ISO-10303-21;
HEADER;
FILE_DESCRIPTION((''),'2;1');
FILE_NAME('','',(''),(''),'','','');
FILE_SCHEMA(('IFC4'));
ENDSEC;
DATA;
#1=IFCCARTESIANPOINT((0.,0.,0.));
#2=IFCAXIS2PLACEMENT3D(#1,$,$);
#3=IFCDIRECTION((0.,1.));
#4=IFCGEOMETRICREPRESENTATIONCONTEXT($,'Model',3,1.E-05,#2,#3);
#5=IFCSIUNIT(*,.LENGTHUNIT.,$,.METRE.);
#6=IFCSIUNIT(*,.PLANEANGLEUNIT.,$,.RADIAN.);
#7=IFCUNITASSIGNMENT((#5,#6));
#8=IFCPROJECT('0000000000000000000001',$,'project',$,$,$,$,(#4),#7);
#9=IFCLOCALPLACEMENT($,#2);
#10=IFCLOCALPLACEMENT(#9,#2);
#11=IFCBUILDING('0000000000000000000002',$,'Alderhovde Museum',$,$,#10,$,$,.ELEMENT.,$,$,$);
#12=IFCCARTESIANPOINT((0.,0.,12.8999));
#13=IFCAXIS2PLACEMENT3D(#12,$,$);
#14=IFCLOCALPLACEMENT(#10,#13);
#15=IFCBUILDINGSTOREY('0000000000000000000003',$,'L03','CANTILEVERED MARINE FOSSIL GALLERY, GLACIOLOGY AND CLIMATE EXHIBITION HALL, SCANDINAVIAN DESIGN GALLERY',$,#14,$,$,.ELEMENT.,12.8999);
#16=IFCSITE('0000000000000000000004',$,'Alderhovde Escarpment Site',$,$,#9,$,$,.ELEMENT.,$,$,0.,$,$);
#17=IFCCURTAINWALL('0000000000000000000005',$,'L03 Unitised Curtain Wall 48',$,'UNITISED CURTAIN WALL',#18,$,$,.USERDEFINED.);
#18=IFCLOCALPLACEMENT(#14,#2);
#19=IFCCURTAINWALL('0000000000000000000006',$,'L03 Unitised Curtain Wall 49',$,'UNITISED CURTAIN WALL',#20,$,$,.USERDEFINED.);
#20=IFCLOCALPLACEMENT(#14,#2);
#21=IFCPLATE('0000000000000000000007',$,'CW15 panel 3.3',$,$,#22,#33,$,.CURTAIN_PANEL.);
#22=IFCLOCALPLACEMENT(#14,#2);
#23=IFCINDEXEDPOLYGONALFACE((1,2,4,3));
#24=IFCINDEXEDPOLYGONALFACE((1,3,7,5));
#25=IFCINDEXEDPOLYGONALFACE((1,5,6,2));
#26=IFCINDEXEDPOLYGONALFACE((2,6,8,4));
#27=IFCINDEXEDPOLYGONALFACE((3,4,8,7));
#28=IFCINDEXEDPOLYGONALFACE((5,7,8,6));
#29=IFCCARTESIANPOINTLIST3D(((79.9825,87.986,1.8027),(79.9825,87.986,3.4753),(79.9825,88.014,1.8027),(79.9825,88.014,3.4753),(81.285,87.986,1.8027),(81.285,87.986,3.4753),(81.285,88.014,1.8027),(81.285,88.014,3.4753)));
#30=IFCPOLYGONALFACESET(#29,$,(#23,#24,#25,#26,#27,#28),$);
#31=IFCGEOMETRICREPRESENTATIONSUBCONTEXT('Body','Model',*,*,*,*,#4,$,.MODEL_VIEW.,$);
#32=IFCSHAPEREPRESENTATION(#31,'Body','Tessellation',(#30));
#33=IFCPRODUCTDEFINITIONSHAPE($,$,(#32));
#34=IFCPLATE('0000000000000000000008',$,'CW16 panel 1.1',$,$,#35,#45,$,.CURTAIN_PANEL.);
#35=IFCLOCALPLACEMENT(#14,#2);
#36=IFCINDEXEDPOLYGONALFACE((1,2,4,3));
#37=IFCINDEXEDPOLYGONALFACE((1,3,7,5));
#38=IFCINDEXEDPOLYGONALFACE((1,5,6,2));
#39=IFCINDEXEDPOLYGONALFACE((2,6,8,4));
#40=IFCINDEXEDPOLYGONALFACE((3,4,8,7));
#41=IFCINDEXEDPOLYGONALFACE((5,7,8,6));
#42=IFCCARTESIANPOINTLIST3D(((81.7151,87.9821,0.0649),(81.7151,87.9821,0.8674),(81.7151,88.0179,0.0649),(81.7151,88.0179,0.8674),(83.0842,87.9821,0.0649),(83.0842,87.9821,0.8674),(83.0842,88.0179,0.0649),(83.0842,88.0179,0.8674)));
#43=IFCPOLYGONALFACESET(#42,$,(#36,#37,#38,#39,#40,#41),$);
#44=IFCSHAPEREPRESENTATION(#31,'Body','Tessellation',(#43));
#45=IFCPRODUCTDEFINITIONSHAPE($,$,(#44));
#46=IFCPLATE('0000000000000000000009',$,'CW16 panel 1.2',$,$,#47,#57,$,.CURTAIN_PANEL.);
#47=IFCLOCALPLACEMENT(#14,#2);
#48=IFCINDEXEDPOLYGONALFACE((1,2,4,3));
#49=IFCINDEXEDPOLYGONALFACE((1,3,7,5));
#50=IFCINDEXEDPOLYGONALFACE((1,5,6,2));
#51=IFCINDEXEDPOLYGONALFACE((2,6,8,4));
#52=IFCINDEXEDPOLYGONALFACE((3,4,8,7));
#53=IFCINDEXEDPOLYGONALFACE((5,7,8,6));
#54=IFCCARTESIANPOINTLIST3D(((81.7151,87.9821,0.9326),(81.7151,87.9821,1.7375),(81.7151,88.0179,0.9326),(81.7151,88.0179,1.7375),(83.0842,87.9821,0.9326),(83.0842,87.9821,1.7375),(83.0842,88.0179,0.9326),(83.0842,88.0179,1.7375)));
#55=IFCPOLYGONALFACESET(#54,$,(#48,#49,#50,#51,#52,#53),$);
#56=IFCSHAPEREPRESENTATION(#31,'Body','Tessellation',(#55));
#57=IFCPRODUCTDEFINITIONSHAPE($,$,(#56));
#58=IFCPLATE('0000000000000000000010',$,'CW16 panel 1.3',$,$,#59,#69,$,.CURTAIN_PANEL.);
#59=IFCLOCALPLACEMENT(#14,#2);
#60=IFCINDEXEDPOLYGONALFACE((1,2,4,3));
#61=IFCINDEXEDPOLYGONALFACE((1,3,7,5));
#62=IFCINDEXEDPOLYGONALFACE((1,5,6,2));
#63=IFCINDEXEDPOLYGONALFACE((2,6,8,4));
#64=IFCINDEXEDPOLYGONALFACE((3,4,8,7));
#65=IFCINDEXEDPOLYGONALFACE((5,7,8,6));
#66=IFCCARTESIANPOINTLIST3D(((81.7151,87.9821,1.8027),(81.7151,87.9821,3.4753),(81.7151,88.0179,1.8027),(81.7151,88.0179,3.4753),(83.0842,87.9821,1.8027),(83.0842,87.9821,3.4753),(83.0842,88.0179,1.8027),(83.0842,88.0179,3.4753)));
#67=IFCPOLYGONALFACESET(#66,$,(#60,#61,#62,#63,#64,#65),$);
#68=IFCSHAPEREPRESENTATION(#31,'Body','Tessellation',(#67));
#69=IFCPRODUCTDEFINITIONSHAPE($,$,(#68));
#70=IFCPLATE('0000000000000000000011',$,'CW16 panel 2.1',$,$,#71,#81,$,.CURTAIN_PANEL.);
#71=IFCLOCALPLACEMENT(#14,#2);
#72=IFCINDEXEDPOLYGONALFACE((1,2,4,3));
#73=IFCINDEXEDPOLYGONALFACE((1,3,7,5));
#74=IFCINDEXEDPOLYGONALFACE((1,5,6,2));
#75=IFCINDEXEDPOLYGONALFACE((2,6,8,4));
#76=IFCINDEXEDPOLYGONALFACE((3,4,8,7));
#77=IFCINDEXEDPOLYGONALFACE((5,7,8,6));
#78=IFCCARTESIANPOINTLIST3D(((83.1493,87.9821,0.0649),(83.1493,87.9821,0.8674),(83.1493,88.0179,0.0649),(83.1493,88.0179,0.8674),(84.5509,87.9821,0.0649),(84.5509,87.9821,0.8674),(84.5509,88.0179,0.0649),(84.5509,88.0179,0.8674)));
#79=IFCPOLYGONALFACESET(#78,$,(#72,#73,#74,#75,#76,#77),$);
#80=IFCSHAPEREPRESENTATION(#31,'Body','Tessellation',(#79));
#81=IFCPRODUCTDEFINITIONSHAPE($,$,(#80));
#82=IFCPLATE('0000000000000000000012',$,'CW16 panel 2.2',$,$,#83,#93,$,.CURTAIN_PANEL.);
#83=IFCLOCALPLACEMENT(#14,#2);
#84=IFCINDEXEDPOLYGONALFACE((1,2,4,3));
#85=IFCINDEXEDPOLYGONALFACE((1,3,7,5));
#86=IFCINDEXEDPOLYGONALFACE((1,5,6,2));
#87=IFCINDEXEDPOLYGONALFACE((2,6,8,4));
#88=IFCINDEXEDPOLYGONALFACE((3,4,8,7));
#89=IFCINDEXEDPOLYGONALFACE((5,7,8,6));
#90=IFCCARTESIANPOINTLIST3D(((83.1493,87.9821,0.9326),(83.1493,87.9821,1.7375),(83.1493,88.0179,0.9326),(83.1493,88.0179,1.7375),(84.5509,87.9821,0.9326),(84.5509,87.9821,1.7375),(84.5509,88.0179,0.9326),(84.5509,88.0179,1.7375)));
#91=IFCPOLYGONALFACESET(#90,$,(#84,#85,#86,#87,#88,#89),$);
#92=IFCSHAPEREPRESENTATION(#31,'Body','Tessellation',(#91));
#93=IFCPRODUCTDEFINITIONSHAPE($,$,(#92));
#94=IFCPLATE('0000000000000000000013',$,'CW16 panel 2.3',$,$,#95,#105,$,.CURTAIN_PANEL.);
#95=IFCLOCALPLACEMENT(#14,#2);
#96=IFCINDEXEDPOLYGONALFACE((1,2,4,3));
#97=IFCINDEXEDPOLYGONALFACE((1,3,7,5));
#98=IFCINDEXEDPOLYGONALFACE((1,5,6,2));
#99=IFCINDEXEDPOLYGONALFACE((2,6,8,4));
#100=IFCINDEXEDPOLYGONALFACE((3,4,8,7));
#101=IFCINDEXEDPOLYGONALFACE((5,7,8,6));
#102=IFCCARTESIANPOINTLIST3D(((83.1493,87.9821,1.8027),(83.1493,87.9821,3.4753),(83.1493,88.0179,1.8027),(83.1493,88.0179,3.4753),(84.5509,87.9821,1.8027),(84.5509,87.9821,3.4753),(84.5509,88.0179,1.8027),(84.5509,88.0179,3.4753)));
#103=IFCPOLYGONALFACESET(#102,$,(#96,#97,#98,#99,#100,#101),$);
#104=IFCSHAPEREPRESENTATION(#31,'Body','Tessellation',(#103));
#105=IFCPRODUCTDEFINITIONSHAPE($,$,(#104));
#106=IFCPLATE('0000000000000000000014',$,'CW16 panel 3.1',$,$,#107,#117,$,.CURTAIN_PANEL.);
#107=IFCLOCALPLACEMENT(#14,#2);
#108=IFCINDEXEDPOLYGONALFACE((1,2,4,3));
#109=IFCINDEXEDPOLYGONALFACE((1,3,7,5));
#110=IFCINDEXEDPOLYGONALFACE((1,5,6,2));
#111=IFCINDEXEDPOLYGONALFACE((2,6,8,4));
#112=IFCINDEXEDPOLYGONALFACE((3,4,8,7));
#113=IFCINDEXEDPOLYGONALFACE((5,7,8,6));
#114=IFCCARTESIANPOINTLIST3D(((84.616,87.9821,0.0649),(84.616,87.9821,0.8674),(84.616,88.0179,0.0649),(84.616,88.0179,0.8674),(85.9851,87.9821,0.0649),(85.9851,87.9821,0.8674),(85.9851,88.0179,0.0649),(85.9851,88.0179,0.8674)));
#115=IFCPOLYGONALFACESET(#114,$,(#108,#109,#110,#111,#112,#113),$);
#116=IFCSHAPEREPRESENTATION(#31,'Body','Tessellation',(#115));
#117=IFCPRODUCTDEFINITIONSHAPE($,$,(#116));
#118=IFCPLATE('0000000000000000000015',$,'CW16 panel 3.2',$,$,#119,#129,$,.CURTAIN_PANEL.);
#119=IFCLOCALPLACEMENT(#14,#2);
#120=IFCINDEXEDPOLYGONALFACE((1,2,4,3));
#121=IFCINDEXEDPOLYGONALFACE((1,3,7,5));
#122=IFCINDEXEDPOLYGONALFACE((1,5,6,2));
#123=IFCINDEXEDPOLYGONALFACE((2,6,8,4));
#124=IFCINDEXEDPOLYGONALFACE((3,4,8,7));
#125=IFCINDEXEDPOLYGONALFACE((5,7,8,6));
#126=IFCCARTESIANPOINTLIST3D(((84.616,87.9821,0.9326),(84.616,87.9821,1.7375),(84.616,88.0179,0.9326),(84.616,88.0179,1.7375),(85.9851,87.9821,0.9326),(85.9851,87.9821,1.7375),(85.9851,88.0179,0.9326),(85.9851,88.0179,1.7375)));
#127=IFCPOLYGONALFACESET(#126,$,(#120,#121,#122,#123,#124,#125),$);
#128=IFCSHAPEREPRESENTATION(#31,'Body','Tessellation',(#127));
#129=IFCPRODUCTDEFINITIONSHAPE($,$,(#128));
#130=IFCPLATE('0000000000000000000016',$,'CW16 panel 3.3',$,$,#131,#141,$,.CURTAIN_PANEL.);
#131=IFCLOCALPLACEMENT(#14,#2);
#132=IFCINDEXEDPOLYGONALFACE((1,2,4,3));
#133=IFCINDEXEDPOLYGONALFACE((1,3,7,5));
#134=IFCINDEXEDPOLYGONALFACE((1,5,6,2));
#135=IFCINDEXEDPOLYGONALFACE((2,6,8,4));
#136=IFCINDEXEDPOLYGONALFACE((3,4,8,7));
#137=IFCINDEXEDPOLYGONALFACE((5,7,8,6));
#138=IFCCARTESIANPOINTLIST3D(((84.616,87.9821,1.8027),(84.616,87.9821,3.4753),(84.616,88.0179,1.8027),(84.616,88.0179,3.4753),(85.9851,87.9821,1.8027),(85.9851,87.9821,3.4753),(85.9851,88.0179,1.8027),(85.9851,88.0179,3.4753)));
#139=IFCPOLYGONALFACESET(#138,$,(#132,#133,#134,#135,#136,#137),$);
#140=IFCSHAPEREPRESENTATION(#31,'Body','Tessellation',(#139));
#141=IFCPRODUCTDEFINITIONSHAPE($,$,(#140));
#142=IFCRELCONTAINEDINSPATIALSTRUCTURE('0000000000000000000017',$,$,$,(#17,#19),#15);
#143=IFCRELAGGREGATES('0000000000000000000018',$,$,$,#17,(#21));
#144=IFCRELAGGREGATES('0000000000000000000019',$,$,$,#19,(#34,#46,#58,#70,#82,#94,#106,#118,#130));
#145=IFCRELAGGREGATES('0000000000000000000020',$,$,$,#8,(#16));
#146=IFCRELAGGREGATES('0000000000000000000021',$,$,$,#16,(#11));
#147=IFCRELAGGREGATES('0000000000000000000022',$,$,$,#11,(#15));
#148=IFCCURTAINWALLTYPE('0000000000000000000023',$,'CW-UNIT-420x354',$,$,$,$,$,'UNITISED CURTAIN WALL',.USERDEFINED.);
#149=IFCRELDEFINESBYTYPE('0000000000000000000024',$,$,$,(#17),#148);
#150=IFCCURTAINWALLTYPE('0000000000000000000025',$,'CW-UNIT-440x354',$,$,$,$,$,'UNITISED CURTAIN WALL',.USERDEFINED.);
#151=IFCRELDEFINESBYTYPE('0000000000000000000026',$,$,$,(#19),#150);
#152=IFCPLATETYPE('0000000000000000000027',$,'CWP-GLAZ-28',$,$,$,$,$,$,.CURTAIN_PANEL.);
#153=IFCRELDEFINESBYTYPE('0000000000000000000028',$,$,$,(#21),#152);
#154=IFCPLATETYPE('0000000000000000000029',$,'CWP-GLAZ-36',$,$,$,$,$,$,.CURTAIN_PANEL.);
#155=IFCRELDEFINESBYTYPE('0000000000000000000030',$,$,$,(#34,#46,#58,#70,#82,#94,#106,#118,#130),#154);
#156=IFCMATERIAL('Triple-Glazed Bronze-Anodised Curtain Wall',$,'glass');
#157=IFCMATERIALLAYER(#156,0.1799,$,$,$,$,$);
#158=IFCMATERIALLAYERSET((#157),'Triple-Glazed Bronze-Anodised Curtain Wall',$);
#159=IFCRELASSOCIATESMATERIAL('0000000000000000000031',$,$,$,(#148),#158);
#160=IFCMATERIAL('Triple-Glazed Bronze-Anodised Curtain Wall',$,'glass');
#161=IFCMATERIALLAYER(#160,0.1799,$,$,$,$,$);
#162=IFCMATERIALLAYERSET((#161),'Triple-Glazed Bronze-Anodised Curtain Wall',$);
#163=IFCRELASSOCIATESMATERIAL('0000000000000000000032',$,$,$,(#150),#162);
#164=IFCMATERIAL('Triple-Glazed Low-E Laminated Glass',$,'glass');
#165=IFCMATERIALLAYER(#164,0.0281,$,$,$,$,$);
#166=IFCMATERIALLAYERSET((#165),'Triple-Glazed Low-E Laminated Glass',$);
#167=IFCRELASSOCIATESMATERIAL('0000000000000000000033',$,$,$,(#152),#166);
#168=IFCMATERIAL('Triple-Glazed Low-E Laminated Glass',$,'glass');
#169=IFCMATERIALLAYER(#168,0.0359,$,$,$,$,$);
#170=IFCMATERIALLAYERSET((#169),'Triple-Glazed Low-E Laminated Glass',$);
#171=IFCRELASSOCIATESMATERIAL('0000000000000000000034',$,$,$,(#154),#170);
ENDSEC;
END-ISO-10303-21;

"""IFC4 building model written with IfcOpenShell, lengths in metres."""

from ifc_helpers import new_model, si_unit, direction, frame, origin, origin_2d, place, context, subcontext, project, spatial, rectangle, extrude, material, layer, layer_set, type_object, element, aggregate, save


model = new_model("IFC4")

# Units and contexts
model_context = context("Model", 3, precision=1e-05, world=origin(), true_north=direction((0.0, 1.0)))
body_context = subcontext(model_context, "Body", "Model", "MODEL_VIEW")
ifc_project = project(units=[si_unit("LENGTHUNIT", "METRE"), si_unit("PLANEANGLEUNIT", "RADIAN")], contexts=[model_context])

# Site, building, storey
site_placement = place(None, origin())
site = spatial("IfcSite", under=ifc_project, at=site_placement, Name="Alderhovde Escarpment Site", CompositionType="ELEMENT", RefElevation=0.0)
building_placement = place(site_placement, origin())
building = spatial("IfcBuilding", under=site, at=building_placement, Name="Alderhovde Museum", CompositionType="ELEMENT")
storey_placement = place(building_placement, frame((0.0, 0.0, 12.8999)))
storey = spatial("IfcBuildingStorey", under=building, at=storey_placement, Name="L03", Description="CANTILEVERED MARINE FOSSIL GALLERY, GLACIOLOGY AND CLIMATE EXHIBITION HALL, SCANDINAVIAN DESIGN GALLERY", CompositionType="ELEMENT", Elevation=12.8999)

# Curtain wall
ifc_material_1 = material(Name="Triple-Glazed Bronze-Anodised Curtain Wall", Category="glass")
ifc_layer_1 = layer(ifc_material_1, 0.1799)
ifc_layer_set_1 = layer_set([ifc_layer_1], Name="Triple-Glazed Bronze-Anodised Curtain Wall")
curtain_wall_type_1 = type_object("IfcCurtainWallType", Name="CW-UNIT-420x354", ElementType="UNITISED CURTAIN WALL", PredefinedType="USERDEFINED", material=ifc_layer_set_1)
curtain_wall_1_placement = place(storey_placement, origin())
curtain_wall_1 = element("IfcCurtainWall", 1, at=curtain_wall_1_placement, inside=storey, type_object=curtain_wall_type_1, Name="L03 Unitised Curtain Wall 48", ObjectType="UNITISED CURTAIN WALL", PredefinedType="USERDEFINED")

# Curtain wall
ifc_material_2 = material(Name="Triple-Glazed Bronze-Anodised Curtain Wall", Category="glass")
ifc_layer_2 = layer(ifc_material_2, 0.1799)
ifc_layer_set_2 = layer_set([ifc_layer_2], Name="Triple-Glazed Bronze-Anodised Curtain Wall")
curtain_wall_type_2 = type_object("IfcCurtainWallType", Name="CW-UNIT-440x354", ElementType="UNITISED CURTAIN WALL", PredefinedType="USERDEFINED", material=ifc_layer_set_2)
curtain_wall_2_placement = place(storey_placement, origin())
curtain_wall_2 = element("IfcCurtainWall", 2, at=curtain_wall_2_placement, inside=storey, type_object=curtain_wall_type_2, Name="L03 Unitised Curtain Wall 49", ObjectType="UNITISED CURTAIN WALL", PredefinedType="USERDEFINED")

# Plates
ifc_material_3 = material(Name="Triple-Glazed Low-E Laminated Glass", Category="glass")
ifc_layer_3 = layer(ifc_material_3, 0.0281)
ifc_layer_set_3 = layer_set([ifc_layer_3], Name="Triple-Glazed Low-E Laminated Glass")
plate_type_1 = type_object("IfcPlateType", Name="CWP-GLAZ-28", PredefinedType="CURTAIN_PANEL", material=ifc_layer_set_3)
plate_1_placement = place(storey_placement, frame((80.6338, 88.0, 1.8027), z_axis=(0.0, 0.0, 1.0), x_axis=(1.0, 0.0, 0.0)))
plate_1 = element("IfcPlate", 3, at=plate_1_placement, type_object=plate_type_1, Name="CW15 panel 3.3", PredefinedType="CURTAIN_PANEL", context=body_context, shape_type="SweptSolid", body=[
    extrude(rectangle(XDim=1.3025, YDim=0.0281, at=origin_2d()), origin(), (0.0, 0.0, 1.0), 1.6726),
])
aggregate(curtain_wall_1, [plate_1])
ifc_material_4 = material(Name="Triple-Glazed Low-E Laminated Glass", Category="glass")
ifc_layer_4 = layer(ifc_material_4, 0.0359)
ifc_layer_set_4 = layer_set([ifc_layer_4], Name="Triple-Glazed Low-E Laminated Glass")
plate_type_2 = type_object("IfcPlateType", Name="CWP-GLAZ-36", PredefinedType="CURTAIN_PANEL", material=ifc_layer_set_4)
plate_2_placement = place(storey_placement, frame((82.3997, 88.0, 0.0649), z_axis=(0.0, 0.0, 1.0), x_axis=(1.0, 0.0, 0.0)))
plate_2 = element("IfcPlate", 4, at=plate_2_placement, type_object=plate_type_2, Name="CW16 panel 1.1", PredefinedType="CURTAIN_PANEL", context=body_context, shape_type="SweptSolid", body=[
    extrude(rectangle(XDim=1.3691, YDim=0.0359, at=origin_2d()), origin(), (0.0, 0.0, 1.0), 0.8025),
])
plate_3_placement = place(storey_placement, frame((82.3997, 88.0, 0.9326), z_axis=(0.0, 0.0, 1.0), x_axis=(1.0, 0.0, 0.0)))
plate_3 = element("IfcPlate", 5, at=plate_3_placement, type_object=plate_type_2, Name="CW16 panel 1.2", PredefinedType="CURTAIN_PANEL", context=body_context, shape_type="SweptSolid", body=[
    extrude(rectangle(XDim=1.3691, YDim=0.0359, at=origin_2d()), origin(), (0.0, 0.0, 1.0), 0.8049),
])
plate_4_placement = place(storey_placement, frame((82.3997, 88.0, 1.8027), z_axis=(0.0, 0.0, 1.0), x_axis=(1.0, 0.0, 0.0)))
plate_4 = element("IfcPlate", 6, at=plate_4_placement, type_object=plate_type_2, Name="CW16 panel 1.3", PredefinedType="CURTAIN_PANEL", context=body_context, shape_type="SweptSolid", body=[
    extrude(rectangle(XDim=1.3691, YDim=0.0359, at=origin_2d()), origin(), (0.0, 0.0, 1.0), 1.6726),
])
plate_5_placement = place(storey_placement, frame((83.8501, 88.0, 0.0649), z_axis=(0.0, 0.0, 1.0), x_axis=(1.0, 0.0, 0.0)))
plate_5 = element("IfcPlate", 7, at=plate_5_placement, type_object=plate_type_2, Name="CW16 panel 2.1", PredefinedType="CURTAIN_PANEL", context=body_context, shape_type="SweptSolid", body=[
    extrude(rectangle(XDim=1.4016, YDim=0.0359, at=origin_2d()), origin(), (0.0, 0.0, 1.0), 0.8025),
])
plate_6_placement = place(storey_placement, frame((83.8501, 88.0, 0.9326), z_axis=(0.0, 0.0, 1.0), x_axis=(1.0, 0.0, 0.0)))
plate_6 = element("IfcPlate", 8, at=plate_6_placement, type_object=plate_type_2, Name="CW16 panel 2.2", PredefinedType="CURTAIN_PANEL", context=body_context, shape_type="SweptSolid", body=[
    extrude(rectangle(XDim=1.4016, YDim=0.0359, at=origin_2d()), origin(), (0.0, 0.0, 1.0), 0.8049),
])
plate_7_placement = place(storey_placement, frame((83.8501, 88.0, 1.8027), z_axis=(0.0, 0.0, 1.0), x_axis=(1.0, 0.0, 0.0)))
plate_7 = element("IfcPlate", 9, at=plate_7_placement, type_object=plate_type_2, Name="CW16 panel 2.3", PredefinedType="CURTAIN_PANEL", context=body_context, shape_type="SweptSolid", body=[
    extrude(rectangle(XDim=1.4016, YDim=0.0359, at=origin_2d()), origin(), (0.0, 0.0, 1.0), 1.6726),
])
plate_8_placement = place(storey_placement, frame((85.3005, 88.0, 0.0649), z_axis=(0.0, 0.0, 1.0), x_axis=(1.0, 0.0, 0.0)))
plate_8 = element("IfcPlate", 10, at=plate_8_placement, type_object=plate_type_2, Name="CW16 panel 3.1", PredefinedType="CURTAIN_PANEL", context=body_context, shape_type="SweptSolid", body=[
    extrude(rectangle(XDim=1.3691, YDim=0.0359, at=origin_2d()), origin(), (0.0, 0.0, 1.0), 0.8025),
])
plate_9_placement = place(storey_placement, frame((85.3005, 88.0, 0.9326), z_axis=(0.0, 0.0, 1.0), x_axis=(1.0, 0.0, 0.0)))
plate_9 = element("IfcPlate", 11, at=plate_9_placement, type_object=plate_type_2, Name="CW16 panel 3.2", PredefinedType="CURTAIN_PANEL", context=body_context, shape_type="SweptSolid", body=[
    extrude(rectangle(XDim=1.3691, YDim=0.0359, at=origin_2d()), origin(), (0.0, 0.0, 1.0), 0.8049),
])
plate_10_placement = place(storey_placement, frame((85.3005, 88.0, 1.8027), z_axis=(0.0, 0.0, 1.0), x_axis=(1.0, 0.0, 0.0)))
plate_10 = element("IfcPlate", 12, at=plate_10_placement, type_object=plate_type_2, Name="CW16 panel 3.3", PredefinedType="CURTAIN_PANEL", context=body_context, shape_type="SweptSolid", body=[
    extrude(rectangle(XDim=1.3691, YDim=0.0359, at=origin_2d()), origin(), (0.0, 0.0, 1.0), 1.6726),
])
aggregate(curtain_wall_2, [plate_2, plate_3, plate_4, plate_5, plate_6, plate_7, plate_8, plate_9, plate_10])

save(model, "model.ifc")
